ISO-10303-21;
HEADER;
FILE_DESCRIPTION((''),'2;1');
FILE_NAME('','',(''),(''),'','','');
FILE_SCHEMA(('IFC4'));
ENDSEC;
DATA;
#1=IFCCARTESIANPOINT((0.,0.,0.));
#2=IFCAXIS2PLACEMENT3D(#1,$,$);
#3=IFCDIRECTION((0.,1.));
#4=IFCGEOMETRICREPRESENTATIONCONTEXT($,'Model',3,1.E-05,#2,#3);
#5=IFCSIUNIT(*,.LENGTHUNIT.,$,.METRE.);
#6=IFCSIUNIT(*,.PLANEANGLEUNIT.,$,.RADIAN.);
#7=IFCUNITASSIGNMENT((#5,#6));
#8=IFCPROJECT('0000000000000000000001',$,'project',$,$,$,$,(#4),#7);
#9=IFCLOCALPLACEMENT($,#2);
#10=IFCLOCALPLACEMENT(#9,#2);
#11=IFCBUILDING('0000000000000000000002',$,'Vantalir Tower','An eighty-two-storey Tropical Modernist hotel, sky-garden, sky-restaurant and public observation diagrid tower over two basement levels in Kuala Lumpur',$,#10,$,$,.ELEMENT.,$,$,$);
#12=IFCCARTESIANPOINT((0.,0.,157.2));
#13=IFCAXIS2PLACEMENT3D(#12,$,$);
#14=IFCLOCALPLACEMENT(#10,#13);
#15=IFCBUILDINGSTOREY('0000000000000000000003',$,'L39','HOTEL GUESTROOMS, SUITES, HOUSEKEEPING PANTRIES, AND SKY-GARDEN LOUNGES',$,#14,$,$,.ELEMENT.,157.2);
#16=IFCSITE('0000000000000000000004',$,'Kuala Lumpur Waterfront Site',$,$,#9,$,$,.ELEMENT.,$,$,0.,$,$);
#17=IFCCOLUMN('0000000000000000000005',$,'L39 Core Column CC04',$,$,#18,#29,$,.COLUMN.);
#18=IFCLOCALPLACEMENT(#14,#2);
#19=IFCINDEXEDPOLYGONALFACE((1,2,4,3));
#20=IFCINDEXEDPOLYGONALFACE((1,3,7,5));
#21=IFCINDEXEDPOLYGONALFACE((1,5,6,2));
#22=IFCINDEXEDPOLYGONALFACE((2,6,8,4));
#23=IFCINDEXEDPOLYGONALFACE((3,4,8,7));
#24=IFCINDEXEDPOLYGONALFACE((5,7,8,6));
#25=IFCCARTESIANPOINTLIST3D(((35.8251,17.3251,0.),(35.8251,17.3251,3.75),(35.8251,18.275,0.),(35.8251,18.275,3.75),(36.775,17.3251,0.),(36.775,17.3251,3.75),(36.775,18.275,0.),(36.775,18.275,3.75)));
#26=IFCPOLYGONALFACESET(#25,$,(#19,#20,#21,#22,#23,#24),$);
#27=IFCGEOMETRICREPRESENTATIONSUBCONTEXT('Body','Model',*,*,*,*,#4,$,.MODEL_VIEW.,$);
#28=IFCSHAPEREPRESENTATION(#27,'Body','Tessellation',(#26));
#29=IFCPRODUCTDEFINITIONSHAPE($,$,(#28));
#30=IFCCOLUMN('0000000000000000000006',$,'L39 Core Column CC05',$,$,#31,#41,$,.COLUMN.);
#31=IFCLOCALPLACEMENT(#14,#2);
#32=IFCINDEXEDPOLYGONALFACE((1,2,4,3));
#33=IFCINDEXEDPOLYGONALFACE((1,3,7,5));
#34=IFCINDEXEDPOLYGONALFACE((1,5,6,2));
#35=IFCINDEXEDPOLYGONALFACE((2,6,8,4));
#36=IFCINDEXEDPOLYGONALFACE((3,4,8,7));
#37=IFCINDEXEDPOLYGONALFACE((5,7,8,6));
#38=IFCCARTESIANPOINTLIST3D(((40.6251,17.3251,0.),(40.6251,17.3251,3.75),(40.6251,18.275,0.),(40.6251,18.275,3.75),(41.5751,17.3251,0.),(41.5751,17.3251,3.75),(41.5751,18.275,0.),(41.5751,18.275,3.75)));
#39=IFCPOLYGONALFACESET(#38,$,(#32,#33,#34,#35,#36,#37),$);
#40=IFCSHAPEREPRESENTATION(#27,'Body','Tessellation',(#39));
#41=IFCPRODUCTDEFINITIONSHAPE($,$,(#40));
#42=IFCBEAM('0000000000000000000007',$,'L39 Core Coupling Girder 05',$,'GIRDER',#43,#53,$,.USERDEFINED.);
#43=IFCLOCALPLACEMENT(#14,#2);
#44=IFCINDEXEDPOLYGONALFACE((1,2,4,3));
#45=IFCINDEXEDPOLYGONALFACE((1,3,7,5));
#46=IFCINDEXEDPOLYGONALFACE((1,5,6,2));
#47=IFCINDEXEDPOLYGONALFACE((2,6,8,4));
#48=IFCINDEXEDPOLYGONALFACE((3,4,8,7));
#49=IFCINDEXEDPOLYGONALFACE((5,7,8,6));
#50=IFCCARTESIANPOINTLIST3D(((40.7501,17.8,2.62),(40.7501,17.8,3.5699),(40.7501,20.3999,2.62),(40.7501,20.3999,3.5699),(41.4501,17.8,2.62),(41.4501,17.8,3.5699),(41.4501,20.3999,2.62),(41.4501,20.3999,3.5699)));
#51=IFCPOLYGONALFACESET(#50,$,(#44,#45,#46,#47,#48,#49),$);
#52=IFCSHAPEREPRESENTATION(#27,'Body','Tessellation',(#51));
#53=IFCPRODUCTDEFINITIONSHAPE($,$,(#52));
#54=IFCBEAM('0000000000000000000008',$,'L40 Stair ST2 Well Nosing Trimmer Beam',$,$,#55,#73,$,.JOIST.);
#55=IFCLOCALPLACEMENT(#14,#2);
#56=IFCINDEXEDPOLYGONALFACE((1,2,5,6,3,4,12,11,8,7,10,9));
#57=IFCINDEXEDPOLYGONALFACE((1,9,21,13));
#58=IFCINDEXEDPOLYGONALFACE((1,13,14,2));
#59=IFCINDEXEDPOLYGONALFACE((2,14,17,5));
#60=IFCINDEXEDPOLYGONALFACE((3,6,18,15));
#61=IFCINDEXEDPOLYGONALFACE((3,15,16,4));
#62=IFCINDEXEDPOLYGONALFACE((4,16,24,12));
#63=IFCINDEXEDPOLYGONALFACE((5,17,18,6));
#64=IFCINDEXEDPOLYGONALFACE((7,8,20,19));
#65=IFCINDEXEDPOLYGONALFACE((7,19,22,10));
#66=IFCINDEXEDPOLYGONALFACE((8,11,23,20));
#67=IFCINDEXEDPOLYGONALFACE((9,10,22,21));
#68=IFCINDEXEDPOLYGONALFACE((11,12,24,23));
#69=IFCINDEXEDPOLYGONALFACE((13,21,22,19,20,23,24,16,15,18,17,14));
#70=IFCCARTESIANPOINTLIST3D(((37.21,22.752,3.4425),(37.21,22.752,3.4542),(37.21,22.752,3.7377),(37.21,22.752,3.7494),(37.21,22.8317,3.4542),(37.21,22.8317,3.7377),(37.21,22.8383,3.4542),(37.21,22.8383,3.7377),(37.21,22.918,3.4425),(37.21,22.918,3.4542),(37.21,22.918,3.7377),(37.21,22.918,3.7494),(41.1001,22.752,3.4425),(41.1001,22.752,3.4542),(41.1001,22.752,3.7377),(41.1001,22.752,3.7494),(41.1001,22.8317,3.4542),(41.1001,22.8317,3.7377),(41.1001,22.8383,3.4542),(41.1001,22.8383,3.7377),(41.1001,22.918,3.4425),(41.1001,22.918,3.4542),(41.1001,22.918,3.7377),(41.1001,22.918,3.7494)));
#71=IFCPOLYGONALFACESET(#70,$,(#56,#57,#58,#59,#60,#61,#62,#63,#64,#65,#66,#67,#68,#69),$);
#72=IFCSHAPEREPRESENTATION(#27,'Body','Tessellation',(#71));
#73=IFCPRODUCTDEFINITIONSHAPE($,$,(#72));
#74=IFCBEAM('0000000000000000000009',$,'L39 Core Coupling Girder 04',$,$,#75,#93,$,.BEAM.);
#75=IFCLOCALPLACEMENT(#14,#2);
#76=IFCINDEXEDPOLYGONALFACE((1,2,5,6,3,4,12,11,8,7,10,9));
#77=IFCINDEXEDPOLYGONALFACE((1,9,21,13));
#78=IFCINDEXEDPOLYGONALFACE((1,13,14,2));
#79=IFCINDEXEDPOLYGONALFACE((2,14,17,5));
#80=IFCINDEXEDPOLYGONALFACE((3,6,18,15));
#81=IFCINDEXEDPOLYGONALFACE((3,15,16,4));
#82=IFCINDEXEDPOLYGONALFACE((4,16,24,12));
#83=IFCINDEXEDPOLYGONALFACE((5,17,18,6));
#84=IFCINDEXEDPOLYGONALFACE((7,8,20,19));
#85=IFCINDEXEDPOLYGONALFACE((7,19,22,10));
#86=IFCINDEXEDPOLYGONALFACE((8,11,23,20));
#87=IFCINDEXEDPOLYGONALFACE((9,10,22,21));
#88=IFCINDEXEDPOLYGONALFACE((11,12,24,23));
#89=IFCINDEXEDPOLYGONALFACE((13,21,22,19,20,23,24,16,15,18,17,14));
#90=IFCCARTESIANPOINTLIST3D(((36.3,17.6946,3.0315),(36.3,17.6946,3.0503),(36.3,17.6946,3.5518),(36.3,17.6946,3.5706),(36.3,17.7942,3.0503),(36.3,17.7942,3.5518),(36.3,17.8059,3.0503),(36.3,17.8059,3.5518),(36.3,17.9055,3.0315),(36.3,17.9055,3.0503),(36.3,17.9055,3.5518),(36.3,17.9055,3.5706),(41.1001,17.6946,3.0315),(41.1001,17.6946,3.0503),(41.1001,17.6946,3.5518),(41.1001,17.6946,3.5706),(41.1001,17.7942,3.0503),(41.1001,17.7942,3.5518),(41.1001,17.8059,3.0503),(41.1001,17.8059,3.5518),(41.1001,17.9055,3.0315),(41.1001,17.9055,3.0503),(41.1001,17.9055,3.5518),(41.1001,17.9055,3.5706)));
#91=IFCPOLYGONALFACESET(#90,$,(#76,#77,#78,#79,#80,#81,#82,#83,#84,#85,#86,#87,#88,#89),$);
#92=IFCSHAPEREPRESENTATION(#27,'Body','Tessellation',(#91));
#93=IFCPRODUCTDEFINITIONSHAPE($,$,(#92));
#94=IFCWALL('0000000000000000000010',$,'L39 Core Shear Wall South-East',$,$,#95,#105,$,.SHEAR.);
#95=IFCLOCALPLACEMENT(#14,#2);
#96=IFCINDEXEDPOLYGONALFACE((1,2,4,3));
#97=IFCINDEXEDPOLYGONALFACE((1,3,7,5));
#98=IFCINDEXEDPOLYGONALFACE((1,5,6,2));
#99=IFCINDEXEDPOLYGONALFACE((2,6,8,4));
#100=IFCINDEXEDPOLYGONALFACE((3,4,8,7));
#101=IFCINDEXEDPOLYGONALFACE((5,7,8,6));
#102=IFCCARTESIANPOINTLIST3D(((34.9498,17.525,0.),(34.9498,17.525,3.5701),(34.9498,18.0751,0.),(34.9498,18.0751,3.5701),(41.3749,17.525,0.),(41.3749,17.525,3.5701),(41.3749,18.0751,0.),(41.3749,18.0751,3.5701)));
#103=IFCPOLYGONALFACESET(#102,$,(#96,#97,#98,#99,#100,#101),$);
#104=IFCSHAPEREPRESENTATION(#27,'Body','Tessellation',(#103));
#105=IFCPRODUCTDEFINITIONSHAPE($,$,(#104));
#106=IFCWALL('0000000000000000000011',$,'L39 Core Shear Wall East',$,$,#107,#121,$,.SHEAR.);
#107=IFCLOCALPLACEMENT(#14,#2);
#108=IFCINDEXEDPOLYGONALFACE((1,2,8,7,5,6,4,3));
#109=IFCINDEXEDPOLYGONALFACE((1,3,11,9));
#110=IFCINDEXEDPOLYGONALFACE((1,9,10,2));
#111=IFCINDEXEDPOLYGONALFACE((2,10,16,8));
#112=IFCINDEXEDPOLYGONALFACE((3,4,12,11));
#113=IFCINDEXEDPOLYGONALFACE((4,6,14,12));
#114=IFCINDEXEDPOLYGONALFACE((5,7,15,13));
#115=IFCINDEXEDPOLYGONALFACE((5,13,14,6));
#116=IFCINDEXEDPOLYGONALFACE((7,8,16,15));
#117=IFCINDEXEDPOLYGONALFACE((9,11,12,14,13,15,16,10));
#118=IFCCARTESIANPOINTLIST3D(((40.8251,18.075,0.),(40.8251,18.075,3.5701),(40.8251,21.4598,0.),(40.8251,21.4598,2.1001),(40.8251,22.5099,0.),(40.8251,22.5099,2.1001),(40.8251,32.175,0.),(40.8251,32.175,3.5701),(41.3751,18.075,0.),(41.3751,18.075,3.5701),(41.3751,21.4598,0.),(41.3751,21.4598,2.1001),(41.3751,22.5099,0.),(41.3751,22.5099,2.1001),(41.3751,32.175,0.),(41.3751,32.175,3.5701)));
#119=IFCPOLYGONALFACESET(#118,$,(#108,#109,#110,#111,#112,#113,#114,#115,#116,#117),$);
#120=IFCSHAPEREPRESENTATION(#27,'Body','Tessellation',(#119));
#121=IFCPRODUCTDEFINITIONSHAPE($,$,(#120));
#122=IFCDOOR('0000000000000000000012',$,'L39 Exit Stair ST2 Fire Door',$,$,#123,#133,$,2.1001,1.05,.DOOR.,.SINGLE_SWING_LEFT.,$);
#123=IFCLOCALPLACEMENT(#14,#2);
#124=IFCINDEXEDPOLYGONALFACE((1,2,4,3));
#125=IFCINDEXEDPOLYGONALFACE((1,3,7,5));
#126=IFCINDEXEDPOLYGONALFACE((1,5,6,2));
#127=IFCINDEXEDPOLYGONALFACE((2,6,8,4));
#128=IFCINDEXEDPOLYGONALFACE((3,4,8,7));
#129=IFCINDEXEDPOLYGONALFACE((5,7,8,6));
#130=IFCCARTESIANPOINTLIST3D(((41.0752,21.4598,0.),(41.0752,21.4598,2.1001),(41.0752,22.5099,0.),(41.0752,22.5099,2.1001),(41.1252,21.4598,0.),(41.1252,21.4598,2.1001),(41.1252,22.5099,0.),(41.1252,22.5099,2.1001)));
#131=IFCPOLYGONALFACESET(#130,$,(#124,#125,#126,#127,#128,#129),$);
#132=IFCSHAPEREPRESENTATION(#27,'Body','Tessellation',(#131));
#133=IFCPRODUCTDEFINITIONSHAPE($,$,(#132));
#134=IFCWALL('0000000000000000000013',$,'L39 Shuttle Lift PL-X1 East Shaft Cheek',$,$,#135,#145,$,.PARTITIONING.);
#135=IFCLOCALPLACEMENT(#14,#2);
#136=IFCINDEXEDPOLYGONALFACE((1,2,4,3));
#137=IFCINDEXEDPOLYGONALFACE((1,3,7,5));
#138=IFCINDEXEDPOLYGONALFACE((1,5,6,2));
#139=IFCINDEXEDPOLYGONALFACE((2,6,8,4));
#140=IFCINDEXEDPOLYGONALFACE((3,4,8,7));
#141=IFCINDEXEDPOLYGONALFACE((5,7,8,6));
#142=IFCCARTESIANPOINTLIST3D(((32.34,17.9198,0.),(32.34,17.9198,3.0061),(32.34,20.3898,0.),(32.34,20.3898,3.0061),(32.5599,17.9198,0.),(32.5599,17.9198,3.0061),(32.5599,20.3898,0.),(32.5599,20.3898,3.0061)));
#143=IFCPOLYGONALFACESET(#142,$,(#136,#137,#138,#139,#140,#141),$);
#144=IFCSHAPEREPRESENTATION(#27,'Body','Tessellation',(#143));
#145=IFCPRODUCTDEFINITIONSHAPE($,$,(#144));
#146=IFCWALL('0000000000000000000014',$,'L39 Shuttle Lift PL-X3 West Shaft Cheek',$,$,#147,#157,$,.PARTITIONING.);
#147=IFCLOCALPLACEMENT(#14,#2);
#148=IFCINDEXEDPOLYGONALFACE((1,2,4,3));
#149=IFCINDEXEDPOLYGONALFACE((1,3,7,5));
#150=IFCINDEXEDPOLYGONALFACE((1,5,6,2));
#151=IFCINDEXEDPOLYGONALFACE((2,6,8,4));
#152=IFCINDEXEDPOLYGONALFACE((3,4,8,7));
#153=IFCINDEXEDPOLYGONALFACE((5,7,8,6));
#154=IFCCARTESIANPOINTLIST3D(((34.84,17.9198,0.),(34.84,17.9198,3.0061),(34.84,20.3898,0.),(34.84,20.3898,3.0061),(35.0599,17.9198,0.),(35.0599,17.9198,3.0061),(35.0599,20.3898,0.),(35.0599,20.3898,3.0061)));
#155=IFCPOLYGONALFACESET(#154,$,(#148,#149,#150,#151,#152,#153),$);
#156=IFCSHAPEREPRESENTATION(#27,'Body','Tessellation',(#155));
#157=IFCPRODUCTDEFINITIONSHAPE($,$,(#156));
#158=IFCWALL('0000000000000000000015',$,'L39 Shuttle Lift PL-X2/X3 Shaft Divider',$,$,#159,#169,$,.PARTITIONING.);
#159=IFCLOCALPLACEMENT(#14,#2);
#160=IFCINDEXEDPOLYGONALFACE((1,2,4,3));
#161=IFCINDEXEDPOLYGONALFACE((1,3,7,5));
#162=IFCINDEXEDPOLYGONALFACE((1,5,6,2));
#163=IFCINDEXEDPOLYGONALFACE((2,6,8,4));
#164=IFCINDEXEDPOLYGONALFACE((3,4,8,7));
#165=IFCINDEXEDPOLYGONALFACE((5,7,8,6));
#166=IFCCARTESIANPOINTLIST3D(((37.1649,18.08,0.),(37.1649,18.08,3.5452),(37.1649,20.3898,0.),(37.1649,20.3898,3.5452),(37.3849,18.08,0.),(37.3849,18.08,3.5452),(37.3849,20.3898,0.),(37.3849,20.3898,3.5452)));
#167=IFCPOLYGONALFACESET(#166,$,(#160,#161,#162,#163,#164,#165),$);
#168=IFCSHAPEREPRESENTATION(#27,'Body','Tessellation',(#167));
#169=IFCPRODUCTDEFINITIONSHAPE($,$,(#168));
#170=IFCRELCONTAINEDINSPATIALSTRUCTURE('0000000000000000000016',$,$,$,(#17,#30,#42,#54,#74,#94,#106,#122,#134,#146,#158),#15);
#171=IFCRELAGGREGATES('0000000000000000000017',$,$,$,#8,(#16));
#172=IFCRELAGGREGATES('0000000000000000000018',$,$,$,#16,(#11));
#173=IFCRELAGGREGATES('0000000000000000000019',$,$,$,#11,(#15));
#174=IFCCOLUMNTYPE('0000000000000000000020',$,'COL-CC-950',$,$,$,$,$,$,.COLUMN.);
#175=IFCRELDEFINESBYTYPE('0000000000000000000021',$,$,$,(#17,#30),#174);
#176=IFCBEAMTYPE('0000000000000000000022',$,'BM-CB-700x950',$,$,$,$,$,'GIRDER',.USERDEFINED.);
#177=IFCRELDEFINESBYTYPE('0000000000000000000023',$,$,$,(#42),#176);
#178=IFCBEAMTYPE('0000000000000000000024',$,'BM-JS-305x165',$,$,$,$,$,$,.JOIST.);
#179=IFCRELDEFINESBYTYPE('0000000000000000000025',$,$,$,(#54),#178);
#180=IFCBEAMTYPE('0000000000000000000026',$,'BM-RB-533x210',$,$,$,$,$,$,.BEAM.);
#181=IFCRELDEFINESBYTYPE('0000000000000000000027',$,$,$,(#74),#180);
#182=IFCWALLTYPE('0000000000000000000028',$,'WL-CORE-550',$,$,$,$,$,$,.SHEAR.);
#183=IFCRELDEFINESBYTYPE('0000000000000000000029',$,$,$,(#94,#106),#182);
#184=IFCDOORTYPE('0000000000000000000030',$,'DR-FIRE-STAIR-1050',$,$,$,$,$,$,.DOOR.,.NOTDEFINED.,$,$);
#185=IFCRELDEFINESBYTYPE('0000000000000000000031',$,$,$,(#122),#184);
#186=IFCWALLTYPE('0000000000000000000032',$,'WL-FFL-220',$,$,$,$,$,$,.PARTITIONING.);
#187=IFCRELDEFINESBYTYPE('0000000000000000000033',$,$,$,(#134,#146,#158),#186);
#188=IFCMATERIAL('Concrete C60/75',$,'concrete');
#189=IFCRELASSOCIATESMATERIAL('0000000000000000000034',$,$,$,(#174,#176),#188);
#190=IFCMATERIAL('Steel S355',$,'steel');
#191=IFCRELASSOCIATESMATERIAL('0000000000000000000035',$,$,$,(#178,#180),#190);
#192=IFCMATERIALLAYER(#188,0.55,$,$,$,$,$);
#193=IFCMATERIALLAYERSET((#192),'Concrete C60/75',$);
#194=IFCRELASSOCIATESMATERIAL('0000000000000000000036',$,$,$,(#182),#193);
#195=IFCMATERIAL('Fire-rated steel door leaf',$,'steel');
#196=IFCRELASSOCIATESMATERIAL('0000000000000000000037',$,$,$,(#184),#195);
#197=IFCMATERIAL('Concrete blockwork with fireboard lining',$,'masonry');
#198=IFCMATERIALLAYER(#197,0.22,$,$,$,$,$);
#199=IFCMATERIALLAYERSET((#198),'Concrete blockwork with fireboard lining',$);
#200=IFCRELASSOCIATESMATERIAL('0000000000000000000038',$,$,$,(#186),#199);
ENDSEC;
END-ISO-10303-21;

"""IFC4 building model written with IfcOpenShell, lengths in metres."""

from ifc_helpers import new_model, si_unit, direction, frame, frame_2d, origin, origin_2d, place, context, subcontext, project, spatial, rectangle, i_section, extrude, material, layer, layer_set, material_profile, profile_set, type_object, element, fill, save


model = new_model("IFC4")

# Units and contexts
model_context = context("Model", 3, precision=1e-05, world=origin(), true_north=direction((0.0, 1.0)))
body_context = subcontext(model_context, "Body", "Model", "MODEL_VIEW")
ifc_project = project(units=[si_unit("LENGTHUNIT", "METRE"), si_unit("PLANEANGLEUNIT", "RADIAN")], contexts=[model_context])

# Site, building, storey
site_placement = place(None, origin())
site = spatial("IfcSite", under=ifc_project, at=site_placement, Name="Kuala Lumpur Waterfront Site", CompositionType="ELEMENT", RefElevation=0.0)
building_placement = place(site_placement, origin())
building = spatial("IfcBuilding", under=site, at=building_placement, Name="Vantalir Tower", Description="An eighty-two-storey Tropical Modernist hotel, sky-garden, sky-restaurant and public observation diagrid tower over two basement levels in Kuala Lumpur", CompositionType="ELEMENT")
storey_placement = place(building_placement, frame((0.0, 0.0, 157.2)))
storey = spatial("IfcBuildingStorey", under=building, at=storey_placement, Name="L39", Description="HOTEL GUESTROOMS, SUITES, HOUSEKEEPING PANTRIES, AND SKY-GARDEN LOUNGES", CompositionType="ELEMENT", Elevation=157.2)

# Columns
ifc_material_1 = material(Name="Concrete C60/75", Category="concrete")
ifc_material_profile_1 = material_profile(ifc_material_1, rectangle(XDim=0.95, YDim=0.95, at=origin_2d()), Name="Concrete C60/75")
ifc_profile_set_1 = profile_set([ifc_material_profile_1], Name="Concrete C60/75")
column_type = type_object("IfcColumnType", Name="COL-CC-950", PredefinedType="COLUMN", material=ifc_profile_set_1)
for number, where, z_axis, x_axis, name in (
    (1, (36.3, 17.8, 0.0), (0.0, 0.0, 1.0), (1.0, 0.0, 0.0), "L39 Core Column CC04"),
    (2, (41.1001, 17.8, 0.0), (0.0, 0.0, 1.0), (1.0, 0.0, 0.0), "L39 Core Column CC05"),
):
    element("IfcColumn", number, at=place(storey_placement, frame(where, z_axis=z_axis, x_axis=x_axis)), inside=storey, type_object=column_type, Name=name, PredefinedType="COLUMN", context=body_context, shape_type="SweptSolid", body=[
        extrude(rectangle(XDim=0.95, YDim=0.95, at=origin_2d()), origin(), (0.0, 0.0, 1.0), 3.75),
    ])

# Beams
ifc_material_profile_2 = material_profile(ifc_material_1, rectangle(XDim=0.7, YDim=0.95, at=origin_2d()), Name="Concrete C60/75")
ifc_profile_set_2 = profile_set([ifc_material_profile_2], Name="Concrete C60/75")
beam_type_1 = type_object("IfcBeamType", Name="BM-CB-700x950", ElementType="GIRDER", PredefinedType="USERDEFINED", material=ifc_profile_set_2)
beam_1_placement = place(storey_placement, frame((41.1001, 17.8, 3.095), z_axis=(0.0, 1.0, 0.0), x_axis=(-1.0, 0.0, 0.0)))
element("IfcBeam", 3, at=beam_1_placement, inside=storey, type_object=beam_type_1, Name="L39 Core Coupling Girder 05", ObjectType="GIRDER", PredefinedType="USERDEFINED", context=body_context, shape_type="SweptSolid", body=[
    extrude(rectangle(XDim=0.7, YDim=0.95, at=origin_2d()), origin(), (0.0, 0.0, 1.0), 2.5999),
])
ifc_material_2 = material(Name="Steel S355", Category="steel")
ifc_material_profile_3 = material_profile(ifc_material_2, i_section(OverallWidth=0.166, OverallDepth=0.3069, WebThickness=0.0066, FlangeThickness=0.0117, at=origin_2d()), Name="Steel S355")
ifc_profile_set_3 = profile_set([ifc_material_profile_3], Name="Steel S355")
beam_type_2 = type_object("IfcBeamType", Name="BM-JS-305x165", PredefinedType="JOIST", material=ifc_profile_set_3)
beam_2_placement = place(storey_placement, frame((37.21, 22.835, 3.5959), z_axis=(1.0, 0.0, 0.0), x_axis=(0.0, 1.0, 0.0)))
element("IfcBeam", 4, at=beam_2_placement, inside=storey, type_object=beam_type_2, Name="L40 Stair ST2 Well Nosing Trimmer Beam", PredefinedType="JOIST", context=body_context, shape_type="SweptSolid", body=[
    extrude(i_section(OverallWidth=0.166, OverallDepth=0.3069, WebThickness=0.0066, FlangeThickness=0.0117, at=origin_2d()), origin(), (0.0, 0.0, 1.0), 3.8901),
])
ifc_material_profile_4 = material_profile(ifc_material_2, i_section(OverallWidth=0.2109, OverallDepth=0.5391, WebThickness=0.0117, FlangeThickness=0.0188, at=origin_2d()), Name="Steel S355")
ifc_profile_set_4 = profile_set([ifc_material_profile_4], Name="Steel S355")
beam_type_3 = type_object("IfcBeamType", Name="BM-RB-533x210", PredefinedType="BEAM", material=ifc_profile_set_4)
beam_3_placement = place(storey_placement, frame((36.3, 17.8, 3.301), z_axis=(1.0, 0.0, 0.0), x_axis=(0.0, 1.0, 0.0)))
element("IfcBeam", 5, at=beam_3_placement, inside=storey, type_object=beam_type_3, Name="L39 Core Coupling Girder 04", PredefinedType="BEAM", context=body_context, shape_type="SweptSolid", body=[
    extrude(i_section(OverallWidth=0.2109, OverallDepth=0.5391, WebThickness=0.0117, FlangeThickness=0.0188, at=origin_2d()), origin(), (0.0, 0.0, 1.0), 4.8),
])

# Wall
ifc_layer_1 = layer(ifc_material_1, 0.55)
ifc_layer_set_1 = layer_set([ifc_layer_1], Name="Concrete C60/75")
wall_type_1 = type_object("IfcWallType", Name="WL-CORE-550", PredefinedType="SHEAR", material=ifc_layer_set_1)
wall_1_placement = place(storey_placement, frame((34.95, 17.8, 0.0), z_axis=(0.0, 0.0, 1.0), x_axis=(1.0, 0.0, 0.0)))
element("IfcWall", 6, at=wall_1_placement, inside=storey, type_object=wall_type_1, Name="L39 Core Shear Wall South-East", PredefinedType="SHEAR", context=body_context, shape_type="SweptSolid", body=[
    extrude(rectangle(XDim=6.425, YDim=0.55, at=frame_2d((3.2124, 0.0))), origin(), (0.0, 0.0, 1.0), 3.5701),
])

# Wall, opening, door
wall_2_placement = place(storey_placement, frame((41.1001, 18.075, 0.0), z_axis=(0.0, 0.0, 1.0), x_axis=(0.0, 1.0, 0.0)))
wall_2 = element("IfcWall", 7, at=wall_2_placement, inside=storey, type_object=wall_type_1, Name="L39 Core Shear Wall East", PredefinedType="SHEAR", context=body_context, shape_type="SweptSolid", body=[
    extrude(rectangle(XDim=14.1001, YDim=0.55, at=frame_2d((7.05, 0.0))), origin(), (0.0, 0.0, 1.0), 3.5701),
])
opening_1_placement = place(wall_2_placement, frame((3.385, 0.0, 0.0)))
opening_1 = element("IfcOpeningElement", 8, at=opening_1_placement, cuts=wall_2, PredefinedType="OPENING", context=body_context, shape_type="SweptSolid", body=[
    extrude(rectangle(XDim=1.05, YDim=2.1001, at=frame_2d((0.5249, 1.05))), frame((0.0, 0.2849, 0.0), z_axis=(0.0, -1.0, 0.0), x_axis=(1.0, 0.0, 0.0)), (0.0, 0.0, 1.0), 0.5701),
])
ifc_material_3 = material(Name="Fire-rated steel door leaf", Category="steel")
door_type_1 = type_object("IfcDoorType", Name="DR-FIRE-STAIR-1050", OperationType="NOTDEFINED", PredefinedType="DOOR", material=ifc_material_3)
door_1_placement = place(opening_1_placement, origin())
door_1 = element("IfcDoor", 9, at=door_1_placement, inside=storey, type_object=door_type_1, Name="L39 Exit Stair ST2 Fire Door", OperationType="SINGLE_SWING_LEFT", OverallHeight=2.1001, OverallWidth=1.05, PredefinedType="DOOR", context=body_context, shape_type="SweptSolid", body=[
    extrude(rectangle(XDim=1.05, YDim=2.1001, at=frame_2d((0.5249, 1.05))), frame((0.0, 0.0249, 0.0), z_axis=(0.0, -1.0, 0.0), x_axis=(1.0, 0.0, 0.0)), (0.0, 0.0, 1.0), 0.05),
])
fill(opening_1, door_1)

# Walls
ifc_material_4 = material(Name="Concrete blockwork with fireboard lining", Category="masonry")
ifc_layer_2 = layer(ifc_material_4, 0.22)
ifc_layer_set_2 = layer_set([ifc_layer_2], Name="Concrete blockwork with fireboard lining")
wall_type_2 = type_object("IfcWallType", Name="WL-FFL-220", PredefinedType="PARTITIONING", material=ifc_layer_set_2)
for number, where, z_axis, x_axis, name in (
    (10, (32.45, 17.9199, 0.0), (0.0, 0.0, 1.0), (0.0, 1.0, 0.0), "L39 Shuttle Lift PL-X1 East Shaft Cheek"),
    (11, (34.95, 17.9199, 0.0), (0.0, 0.0, 1.0), (0.0, 1.0, 0.0), "L39 Shuttle Lift PL-X3 West Shaft Cheek"),
):
    element("IfcWall", number, at=place(storey_placement, frame(where, z_axis=z_axis, x_axis=x_axis)), inside=storey, type_object=wall_type_2, Name=name, PredefinedType="PARTITIONING", context=body_context, shape_type="SweptSolid", body=[
        extrude(rectangle(XDim=2.47, YDim=0.22, at=frame_2d((1.2349, 0.0))), origin(), (0.0, 0.0, 1.0), 3.0061),
    ])
wall_3_placement = place(storey_placement, frame((37.2749, 18.0801, 0.0), z_axis=(0.0, 0.0, 1.0), x_axis=(0.0, 1.0, 0.0)))
element("IfcWall", 12, at=wall_3_placement, inside=storey, type_object=wall_type_2, Name="L39 Shuttle Lift PL-X2/X3 Shaft Divider", PredefinedType="PARTITIONING", context=body_context, shape_type="SweptSolid", body=[
    extrude(rectangle(XDim=2.3098, YDim=0.22, at=frame_2d((1.1548, 0.0))), origin(), (0.0, 0.0, 1.0), 3.5452),
])

save(model, "model.ifc")
